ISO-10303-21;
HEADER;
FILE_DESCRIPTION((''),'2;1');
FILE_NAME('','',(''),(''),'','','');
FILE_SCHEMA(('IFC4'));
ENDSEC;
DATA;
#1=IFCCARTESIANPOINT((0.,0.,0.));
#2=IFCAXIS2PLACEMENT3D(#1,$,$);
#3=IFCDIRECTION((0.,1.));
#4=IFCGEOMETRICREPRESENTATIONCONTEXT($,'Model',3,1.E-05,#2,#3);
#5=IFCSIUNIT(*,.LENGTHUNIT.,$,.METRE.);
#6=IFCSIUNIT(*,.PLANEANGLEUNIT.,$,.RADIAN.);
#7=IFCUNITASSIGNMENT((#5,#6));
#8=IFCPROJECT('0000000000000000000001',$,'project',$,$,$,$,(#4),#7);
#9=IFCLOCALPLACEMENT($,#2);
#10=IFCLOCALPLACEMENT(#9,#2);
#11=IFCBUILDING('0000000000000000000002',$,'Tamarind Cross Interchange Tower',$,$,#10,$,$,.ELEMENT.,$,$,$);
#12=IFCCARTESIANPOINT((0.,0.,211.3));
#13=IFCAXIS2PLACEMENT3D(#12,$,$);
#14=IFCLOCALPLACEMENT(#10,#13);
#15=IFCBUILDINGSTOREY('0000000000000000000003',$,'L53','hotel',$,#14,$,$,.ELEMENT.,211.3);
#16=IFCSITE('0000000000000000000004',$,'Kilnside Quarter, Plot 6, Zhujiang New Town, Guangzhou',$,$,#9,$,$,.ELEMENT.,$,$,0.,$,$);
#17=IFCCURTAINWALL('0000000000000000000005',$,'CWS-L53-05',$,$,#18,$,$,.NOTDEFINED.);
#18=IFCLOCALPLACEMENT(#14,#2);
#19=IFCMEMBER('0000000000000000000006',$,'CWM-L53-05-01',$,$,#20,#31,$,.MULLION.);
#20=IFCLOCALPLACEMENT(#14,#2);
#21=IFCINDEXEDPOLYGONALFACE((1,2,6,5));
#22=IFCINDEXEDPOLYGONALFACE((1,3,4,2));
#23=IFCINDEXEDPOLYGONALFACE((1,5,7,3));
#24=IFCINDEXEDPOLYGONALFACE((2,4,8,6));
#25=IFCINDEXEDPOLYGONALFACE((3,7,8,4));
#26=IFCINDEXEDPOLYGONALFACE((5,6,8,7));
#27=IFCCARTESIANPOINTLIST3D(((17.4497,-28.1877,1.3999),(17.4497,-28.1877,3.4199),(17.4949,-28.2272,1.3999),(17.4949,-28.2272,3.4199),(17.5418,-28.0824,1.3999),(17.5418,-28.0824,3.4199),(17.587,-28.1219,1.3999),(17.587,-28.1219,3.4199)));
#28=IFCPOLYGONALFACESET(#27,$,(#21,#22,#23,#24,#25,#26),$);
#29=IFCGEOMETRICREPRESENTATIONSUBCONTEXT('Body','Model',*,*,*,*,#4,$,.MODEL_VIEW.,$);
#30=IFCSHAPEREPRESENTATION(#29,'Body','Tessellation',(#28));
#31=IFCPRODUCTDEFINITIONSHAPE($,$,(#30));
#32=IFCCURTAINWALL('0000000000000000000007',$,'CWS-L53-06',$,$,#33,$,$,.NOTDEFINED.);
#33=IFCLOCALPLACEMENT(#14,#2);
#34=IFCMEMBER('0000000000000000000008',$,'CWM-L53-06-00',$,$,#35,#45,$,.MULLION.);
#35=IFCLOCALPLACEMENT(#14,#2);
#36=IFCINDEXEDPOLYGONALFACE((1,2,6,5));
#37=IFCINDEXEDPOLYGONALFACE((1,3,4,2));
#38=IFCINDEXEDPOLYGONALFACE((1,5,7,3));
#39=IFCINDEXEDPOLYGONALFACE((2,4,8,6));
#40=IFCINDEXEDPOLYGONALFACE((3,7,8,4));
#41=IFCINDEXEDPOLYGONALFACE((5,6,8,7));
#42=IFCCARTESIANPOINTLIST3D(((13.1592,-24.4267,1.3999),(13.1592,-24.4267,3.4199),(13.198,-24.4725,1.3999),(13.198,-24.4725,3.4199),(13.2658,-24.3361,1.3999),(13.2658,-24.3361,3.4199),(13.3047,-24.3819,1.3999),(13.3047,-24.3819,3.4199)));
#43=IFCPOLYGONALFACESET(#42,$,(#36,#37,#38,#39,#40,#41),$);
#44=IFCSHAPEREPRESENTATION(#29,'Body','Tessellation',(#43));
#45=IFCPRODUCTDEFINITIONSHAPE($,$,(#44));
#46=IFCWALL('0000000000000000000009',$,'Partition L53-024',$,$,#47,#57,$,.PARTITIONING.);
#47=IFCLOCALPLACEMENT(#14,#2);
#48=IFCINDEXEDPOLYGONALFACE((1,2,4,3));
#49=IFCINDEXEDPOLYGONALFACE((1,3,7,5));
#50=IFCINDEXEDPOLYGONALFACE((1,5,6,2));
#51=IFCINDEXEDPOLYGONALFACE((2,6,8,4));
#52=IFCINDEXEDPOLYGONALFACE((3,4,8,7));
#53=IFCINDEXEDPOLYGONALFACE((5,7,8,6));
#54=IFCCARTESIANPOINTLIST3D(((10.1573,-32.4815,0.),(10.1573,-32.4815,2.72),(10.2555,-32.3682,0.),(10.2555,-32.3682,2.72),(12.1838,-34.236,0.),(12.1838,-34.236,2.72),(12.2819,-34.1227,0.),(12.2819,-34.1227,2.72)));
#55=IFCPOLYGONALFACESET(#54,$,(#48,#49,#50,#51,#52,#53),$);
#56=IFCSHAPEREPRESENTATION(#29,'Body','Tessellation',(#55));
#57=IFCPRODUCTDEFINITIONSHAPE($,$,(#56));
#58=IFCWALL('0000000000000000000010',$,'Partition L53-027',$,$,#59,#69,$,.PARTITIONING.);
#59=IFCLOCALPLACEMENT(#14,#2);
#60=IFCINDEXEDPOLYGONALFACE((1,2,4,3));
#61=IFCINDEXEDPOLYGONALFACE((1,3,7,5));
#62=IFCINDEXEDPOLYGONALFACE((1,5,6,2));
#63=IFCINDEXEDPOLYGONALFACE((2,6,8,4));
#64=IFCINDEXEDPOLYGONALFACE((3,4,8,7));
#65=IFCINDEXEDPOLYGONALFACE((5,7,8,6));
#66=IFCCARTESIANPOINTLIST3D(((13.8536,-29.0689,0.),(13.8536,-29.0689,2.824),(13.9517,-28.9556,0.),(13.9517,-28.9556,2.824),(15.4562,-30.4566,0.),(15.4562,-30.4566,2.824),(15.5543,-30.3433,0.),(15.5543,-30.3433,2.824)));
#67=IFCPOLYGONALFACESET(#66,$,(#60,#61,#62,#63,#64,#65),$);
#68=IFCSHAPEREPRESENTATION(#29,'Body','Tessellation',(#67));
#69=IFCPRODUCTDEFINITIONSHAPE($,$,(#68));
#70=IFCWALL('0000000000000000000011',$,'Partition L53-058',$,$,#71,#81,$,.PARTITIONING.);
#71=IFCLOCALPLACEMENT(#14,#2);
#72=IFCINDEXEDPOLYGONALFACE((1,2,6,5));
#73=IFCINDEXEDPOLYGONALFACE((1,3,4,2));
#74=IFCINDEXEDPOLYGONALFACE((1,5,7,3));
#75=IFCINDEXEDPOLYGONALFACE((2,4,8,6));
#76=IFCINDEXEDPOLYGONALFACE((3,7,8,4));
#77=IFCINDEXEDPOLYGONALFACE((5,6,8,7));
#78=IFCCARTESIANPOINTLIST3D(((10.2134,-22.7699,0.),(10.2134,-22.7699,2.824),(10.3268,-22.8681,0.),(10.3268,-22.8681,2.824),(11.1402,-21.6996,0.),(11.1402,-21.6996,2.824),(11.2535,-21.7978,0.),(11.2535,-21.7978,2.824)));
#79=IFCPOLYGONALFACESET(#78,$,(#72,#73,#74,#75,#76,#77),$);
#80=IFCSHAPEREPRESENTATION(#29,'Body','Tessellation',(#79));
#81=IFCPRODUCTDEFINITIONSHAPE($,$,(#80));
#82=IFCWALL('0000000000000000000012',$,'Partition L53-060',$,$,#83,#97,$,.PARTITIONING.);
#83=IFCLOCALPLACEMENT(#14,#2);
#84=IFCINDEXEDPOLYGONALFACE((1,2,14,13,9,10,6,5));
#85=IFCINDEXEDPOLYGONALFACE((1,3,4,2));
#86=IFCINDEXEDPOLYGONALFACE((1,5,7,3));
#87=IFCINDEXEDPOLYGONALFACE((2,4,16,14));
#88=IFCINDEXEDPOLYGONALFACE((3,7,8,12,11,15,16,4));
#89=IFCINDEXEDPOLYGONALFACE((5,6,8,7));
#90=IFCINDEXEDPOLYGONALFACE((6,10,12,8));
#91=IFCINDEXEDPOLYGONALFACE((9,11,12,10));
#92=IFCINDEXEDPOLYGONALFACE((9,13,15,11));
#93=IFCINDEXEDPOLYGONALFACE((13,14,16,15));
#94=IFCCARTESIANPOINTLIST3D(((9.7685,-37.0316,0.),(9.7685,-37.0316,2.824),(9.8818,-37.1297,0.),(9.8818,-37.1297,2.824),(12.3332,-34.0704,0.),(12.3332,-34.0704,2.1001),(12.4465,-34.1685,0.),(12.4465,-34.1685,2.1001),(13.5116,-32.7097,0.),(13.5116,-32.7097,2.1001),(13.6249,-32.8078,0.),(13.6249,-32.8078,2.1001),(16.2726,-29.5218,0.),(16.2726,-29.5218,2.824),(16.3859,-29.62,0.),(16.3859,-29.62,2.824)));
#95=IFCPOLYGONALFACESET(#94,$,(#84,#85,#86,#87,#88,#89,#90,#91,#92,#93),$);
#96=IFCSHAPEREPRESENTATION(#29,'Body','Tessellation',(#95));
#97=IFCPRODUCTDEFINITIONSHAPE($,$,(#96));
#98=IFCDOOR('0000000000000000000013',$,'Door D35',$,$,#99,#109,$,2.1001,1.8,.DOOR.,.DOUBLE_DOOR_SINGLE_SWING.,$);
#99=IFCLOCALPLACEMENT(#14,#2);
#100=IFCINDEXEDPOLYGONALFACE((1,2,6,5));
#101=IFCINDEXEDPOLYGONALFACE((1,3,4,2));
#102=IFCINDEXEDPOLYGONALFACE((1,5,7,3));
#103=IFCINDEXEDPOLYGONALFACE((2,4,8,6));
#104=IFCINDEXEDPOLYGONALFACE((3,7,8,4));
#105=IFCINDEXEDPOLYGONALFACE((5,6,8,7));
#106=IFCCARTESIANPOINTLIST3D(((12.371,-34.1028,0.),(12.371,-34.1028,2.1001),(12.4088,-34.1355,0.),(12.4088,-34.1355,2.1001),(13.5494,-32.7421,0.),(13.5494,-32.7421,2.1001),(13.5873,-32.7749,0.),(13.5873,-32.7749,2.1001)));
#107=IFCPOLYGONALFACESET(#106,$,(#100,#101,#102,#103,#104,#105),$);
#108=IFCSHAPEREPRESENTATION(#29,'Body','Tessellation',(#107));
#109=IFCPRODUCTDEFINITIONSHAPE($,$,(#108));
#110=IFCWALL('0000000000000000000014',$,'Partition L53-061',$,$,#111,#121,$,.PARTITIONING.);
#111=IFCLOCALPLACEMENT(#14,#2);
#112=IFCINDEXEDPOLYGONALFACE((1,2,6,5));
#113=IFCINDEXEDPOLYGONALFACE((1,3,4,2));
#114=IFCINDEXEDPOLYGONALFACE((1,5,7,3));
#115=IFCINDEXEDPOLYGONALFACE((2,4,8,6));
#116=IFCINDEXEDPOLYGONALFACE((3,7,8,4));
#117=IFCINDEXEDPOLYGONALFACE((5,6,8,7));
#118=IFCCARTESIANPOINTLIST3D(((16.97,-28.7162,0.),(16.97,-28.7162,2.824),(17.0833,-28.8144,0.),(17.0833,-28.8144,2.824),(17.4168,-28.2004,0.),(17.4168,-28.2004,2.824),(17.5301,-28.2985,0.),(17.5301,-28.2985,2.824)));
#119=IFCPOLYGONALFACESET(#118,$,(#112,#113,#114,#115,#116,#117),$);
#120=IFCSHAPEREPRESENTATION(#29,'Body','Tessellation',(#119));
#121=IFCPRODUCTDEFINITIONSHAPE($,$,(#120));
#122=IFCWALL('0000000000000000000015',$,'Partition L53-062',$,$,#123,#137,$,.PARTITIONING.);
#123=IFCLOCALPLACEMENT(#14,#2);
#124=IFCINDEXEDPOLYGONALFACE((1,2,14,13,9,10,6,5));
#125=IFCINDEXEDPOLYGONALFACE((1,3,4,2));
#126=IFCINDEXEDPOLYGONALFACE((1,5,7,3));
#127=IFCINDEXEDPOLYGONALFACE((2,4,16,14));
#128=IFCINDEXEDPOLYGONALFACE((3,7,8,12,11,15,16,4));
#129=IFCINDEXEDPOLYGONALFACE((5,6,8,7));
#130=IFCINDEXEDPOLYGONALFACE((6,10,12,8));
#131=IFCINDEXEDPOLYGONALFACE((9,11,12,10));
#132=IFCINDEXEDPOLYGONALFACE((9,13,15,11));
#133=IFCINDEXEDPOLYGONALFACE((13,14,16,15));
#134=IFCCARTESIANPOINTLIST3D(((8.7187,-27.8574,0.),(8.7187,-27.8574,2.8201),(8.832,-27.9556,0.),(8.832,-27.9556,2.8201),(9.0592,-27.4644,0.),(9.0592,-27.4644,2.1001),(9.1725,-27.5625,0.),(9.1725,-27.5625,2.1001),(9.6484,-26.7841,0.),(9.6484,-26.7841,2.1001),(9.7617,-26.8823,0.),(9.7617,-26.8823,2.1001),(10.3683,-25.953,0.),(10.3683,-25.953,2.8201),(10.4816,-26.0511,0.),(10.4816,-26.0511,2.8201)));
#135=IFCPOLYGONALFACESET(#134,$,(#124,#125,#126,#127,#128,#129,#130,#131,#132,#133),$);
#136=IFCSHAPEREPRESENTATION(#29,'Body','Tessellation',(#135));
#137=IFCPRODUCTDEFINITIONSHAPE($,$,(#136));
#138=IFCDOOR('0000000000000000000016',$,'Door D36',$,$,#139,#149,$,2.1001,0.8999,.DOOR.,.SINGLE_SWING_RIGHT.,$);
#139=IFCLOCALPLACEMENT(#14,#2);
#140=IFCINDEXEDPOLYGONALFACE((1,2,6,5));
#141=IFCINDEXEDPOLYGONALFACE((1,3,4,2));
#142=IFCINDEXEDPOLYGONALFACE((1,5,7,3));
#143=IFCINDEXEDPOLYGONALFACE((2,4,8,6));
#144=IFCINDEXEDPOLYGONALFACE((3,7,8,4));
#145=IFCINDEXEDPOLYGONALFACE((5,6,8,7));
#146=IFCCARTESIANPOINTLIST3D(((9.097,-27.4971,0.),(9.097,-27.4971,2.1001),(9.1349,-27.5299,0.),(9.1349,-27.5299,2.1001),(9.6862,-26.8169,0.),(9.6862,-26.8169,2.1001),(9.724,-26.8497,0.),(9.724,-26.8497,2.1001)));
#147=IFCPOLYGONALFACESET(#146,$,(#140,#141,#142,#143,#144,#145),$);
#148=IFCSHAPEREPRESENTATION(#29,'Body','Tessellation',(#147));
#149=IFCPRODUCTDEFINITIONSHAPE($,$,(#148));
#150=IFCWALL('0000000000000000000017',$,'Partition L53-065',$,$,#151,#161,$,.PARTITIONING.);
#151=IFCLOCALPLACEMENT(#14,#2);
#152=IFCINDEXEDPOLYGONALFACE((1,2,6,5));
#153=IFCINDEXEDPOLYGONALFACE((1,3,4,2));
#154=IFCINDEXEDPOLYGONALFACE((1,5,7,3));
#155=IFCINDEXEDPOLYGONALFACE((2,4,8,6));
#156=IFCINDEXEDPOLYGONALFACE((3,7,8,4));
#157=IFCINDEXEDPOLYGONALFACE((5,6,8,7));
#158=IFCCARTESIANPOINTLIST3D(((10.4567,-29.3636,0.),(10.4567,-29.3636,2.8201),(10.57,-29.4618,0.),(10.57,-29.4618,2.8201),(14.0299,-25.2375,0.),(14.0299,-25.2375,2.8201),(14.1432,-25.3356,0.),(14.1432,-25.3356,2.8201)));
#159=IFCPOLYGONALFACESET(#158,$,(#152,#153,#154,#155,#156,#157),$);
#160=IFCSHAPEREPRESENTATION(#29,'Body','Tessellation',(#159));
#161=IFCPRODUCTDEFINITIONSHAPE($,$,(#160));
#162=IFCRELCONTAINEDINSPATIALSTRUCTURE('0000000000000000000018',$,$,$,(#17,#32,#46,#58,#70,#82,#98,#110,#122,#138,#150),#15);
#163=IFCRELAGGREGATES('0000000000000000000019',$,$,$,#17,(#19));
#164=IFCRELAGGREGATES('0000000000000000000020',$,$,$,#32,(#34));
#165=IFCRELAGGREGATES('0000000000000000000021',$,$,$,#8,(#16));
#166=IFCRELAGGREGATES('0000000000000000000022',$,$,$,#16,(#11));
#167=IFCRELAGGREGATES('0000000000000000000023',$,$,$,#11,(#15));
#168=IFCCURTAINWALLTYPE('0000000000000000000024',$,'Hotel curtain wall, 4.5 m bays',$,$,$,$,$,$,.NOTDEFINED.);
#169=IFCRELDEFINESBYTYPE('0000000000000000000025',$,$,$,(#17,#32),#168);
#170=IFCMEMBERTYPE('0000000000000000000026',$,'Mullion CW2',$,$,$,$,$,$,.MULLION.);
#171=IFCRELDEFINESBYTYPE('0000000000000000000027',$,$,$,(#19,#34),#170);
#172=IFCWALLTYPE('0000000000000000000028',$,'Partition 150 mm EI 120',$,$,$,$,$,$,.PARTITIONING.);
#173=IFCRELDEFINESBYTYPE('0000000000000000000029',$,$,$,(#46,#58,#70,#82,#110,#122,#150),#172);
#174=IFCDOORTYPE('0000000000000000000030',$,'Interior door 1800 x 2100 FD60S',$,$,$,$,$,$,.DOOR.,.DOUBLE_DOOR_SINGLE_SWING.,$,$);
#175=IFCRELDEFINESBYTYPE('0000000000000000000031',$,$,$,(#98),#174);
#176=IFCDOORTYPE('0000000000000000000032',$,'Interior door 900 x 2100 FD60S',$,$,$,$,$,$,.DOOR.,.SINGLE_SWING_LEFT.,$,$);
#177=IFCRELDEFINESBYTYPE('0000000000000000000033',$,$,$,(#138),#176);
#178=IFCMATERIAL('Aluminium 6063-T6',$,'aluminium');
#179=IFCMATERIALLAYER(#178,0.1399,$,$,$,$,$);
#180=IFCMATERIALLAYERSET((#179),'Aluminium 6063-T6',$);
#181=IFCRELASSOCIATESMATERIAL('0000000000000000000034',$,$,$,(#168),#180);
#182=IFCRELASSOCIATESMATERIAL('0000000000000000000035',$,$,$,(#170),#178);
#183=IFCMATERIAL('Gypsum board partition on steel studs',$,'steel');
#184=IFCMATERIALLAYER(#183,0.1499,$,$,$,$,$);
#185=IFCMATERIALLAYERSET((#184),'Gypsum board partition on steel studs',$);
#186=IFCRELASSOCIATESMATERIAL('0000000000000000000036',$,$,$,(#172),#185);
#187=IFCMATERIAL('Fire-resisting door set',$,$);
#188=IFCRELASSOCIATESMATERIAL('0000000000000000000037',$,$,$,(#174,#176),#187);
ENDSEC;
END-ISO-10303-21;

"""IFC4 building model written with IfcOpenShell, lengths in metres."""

from ifc_helpers import new_model, si_unit, direction, frame, frame_2d, origin, origin_2d, place, context, subcontext, project, spatial, rectangle, extrude, material, layer, layer_set, material_profile, profile_set, type_object, element, fill, aggregate, save


model = new_model("IFC4")

# Units and contexts
model_context = context("Model", 3, precision=1e-05, world=origin(), true_north=direction((0.0, 1.0)))
body_context = subcontext(model_context, "Body", "Model", "MODEL_VIEW")
ifc_project = project(units=[si_unit("LENGTHUNIT", "METRE"), si_unit("PLANEANGLEUNIT", "RADIAN")], contexts=[model_context])

# Site, building, storey
site_placement = place(None, origin())
site = spatial("IfcSite", under=ifc_project, at=site_placement, Name="Kilnside Quarter, Plot 6, Zhujiang New Town, Guangzhou", CompositionType="ELEMENT", RefElevation=0.0)
building_placement = place(site_placement, origin())
building = spatial("IfcBuilding", under=site, at=building_placement, Name="Tamarind Cross Interchange Tower", CompositionType="ELEMENT")
storey_placement = place(building_placement, frame((0.0, 0.0, 211.3)))
storey = spatial("IfcBuildingStorey", under=building, at=storey_placement, Name="L53", Description="hotel", CompositionType="ELEMENT", Elevation=211.3)

# Curtain wall, member
ifc_material_1 = material(Name="Aluminium 6063-T6", Category="aluminium")
ifc_layer_1 = layer(ifc_material_1, 0.1399)
ifc_layer_set_1 = layer_set([ifc_layer_1], Name="Aluminium 6063-T6")
curtain_wall_type = type_object("IfcCurtainWallType", Name="Hotel curtain wall, 4.5 m bays", PredefinedType="NOTDEFINED", material=ifc_layer_set_1)
ifc_material_profile_1 = material_profile(ifc_material_1, rectangle(XDim=0.0601, YDim=0.1399, at=origin_2d()), Name="Mullion CW2")
ifc_profile_set_1 = profile_set([ifc_material_profile_1], Name="Aluminium 6063-T6")
member_type = type_object("IfcMemberType", Name="Mullion CW2", PredefinedType="MULLION", material=ifc_profile_set_1)
curtain_wall_1_placement = place(storey_placement, origin())
curtain_wall_1 = element("IfcCurtainWall", 1, at=curtain_wall_1_placement, inside=storey, type_object=curtain_wall_type, Name="CWS-L53-05", PredefinedType="NOTDEFINED")
member_1_placement = place(storey_placement, frame((17.5183, -28.1548, 1.3999), z_axis=(0.0, 0.0, 1.0), x_axis=(-0.752605, 0.658472, 0.0)))
member_1 = element("IfcMember", 2, at=member_1_placement, type_object=member_type, Name="CWM-L53-05-01", PredefinedType="MULLION", context=body_context, shape_type="SweptSolid", body=[
    extrude(rectangle(XDim=0.0601, YDim=0.1399, at=origin_2d()), origin(), (0.0, 0.0, 1.0), 2.02),
])
aggregate(curtain_wall_1, [member_1])

# Curtain wall, member
curtain_wall_2_placement = place(storey_placement, origin())
curtain_wall_2 = element("IfcCurtainWall", 3, at=curtain_wall_2_placement, inside=storey, type_object=curtain_wall_type, Name="CWS-L53-06", PredefinedType="NOTDEFINED")
member_2_placement = place(storey_placement, frame((13.2319, -24.4043, 1.3999), z_axis=(0.0, 0.0, 1.0), x_axis=(-0.647182, 0.762335, 0.0)))
member_2 = element("IfcMember", 4, at=member_2_placement, type_object=member_type, Name="CWM-L53-06-00", PredefinedType="MULLION", context=body_context, shape_type="SweptSolid", body=[
    extrude(rectangle(XDim=0.0601, YDim=0.1399, at=origin_2d()), origin(), (0.0, 0.0, 1.0), 2.02),
])
aggregate(curtain_wall_2, [member_2])

# Walls
ifc_material_2 = material(Name="Gypsum board partition on steel studs", Category="steel")
ifc_layer_2 = layer(ifc_material_2, 0.1499)
ifc_layer_set_2 = layer_set([ifc_layer_2], Name="Gypsum board partition on steel studs")
wall_type = type_object("IfcWallType", Name="Partition 150 mm EI 120", PredefinedType="PARTITIONING", material=ifc_layer_set_2)
wall_1_placement = place(storey_placement, frame((10.2063, -32.4248, 0.0), z_axis=(0.0, 0.0, 1.0), x_axis=(0.75602, -0.654549, 0.0)))
element("IfcWall", 5, at=wall_1_placement, inside=storey, type_object=wall_type, Name="Partition L53-024", PredefinedType="PARTITIONING", context=body_context, shape_type="SweptSolid", body=[
    extrude(rectangle(XDim=2.6804, YDim=0.1499, at=frame_2d((1.3403, 0.0))), origin(), (0.0, 0.0, 1.0), 2.72),
])
wall_2_placement = place(storey_placement, frame((13.9026, -29.0122, 0.0), z_axis=(0.0, 0.0, 1.0), x_axis=(0.755963, -0.654615, 0.0)))
element("IfcWall", 6, at=wall_2_placement, inside=storey, type_object=wall_type, Name="Partition L53-027", PredefinedType="PARTITIONING", context=body_context, shape_type="SweptSolid", body=[
    extrude(rectangle(XDim=2.1199, YDim=0.1499, at=frame_2d((1.0601, 0.0))), origin(), (0.0, 0.0, 1.0), 2.824),
])
wall_3_placement = place(storey_placement, frame((10.27, -22.8191, 0.0), z_axis=(0.0, 0.0, 1.0), x_axis=(0.654589, 0.755985, 0.0)))
element("IfcWall", 7, at=wall_3_placement, inside=storey, type_object=wall_type, Name="Partition L53-058", PredefinedType="PARTITIONING", context=body_context, shape_type="SweptSolid", body=[
    extrude(rectangle(XDim=1.4158, YDim=0.1499, at=frame_2d((0.708, 0.0))), origin(), (0.0, 0.0, 1.0), 2.824),
])

# Wall, opening, door
wall_4_placement = place(storey_placement, frame((9.8252, -37.0806, 0.0), z_axis=(0.0, 0.0, 1.0), x_axis=(0.654683, 0.755904, 0.0)))
wall_4 = element("IfcWall", 8, at=wall_4_placement, inside=storey, type_object=wall_type, Name="Partition L53-060", PredefinedType="PARTITIONING", context=body_context, shape_type="SweptSolid", body=[
    extrude(rectangle(XDim=9.9348, YDim=0.1499, at=frame_2d((4.9673, 0.0))), origin(), (0.0, 0.0, 1.0), 2.824),
])
opening_1_placement = place(wall_4_placement, frame((3.9175, 0.0, 0.0)))
opening_1 = element("IfcOpeningElement", 9, at=opening_1_placement, cuts=wall_4, PredefinedType="OPENING", context=body_context, shape_type="SweptSolid", body=[
    extrude(rectangle(XDim=1.8, YDim=2.1001, at=frame_2d((0.8999, 1.05))), frame((0.0, 0.085, 0.0), z_axis=(0.0, -1.0, 0.0), x_axis=(1.0, 0.0, 0.0)), (0.0, 0.0, 1.0), 0.1699),
])
ifc_material_3 = material(Name="Fire-resisting door set")
door_type_1 = type_object("IfcDoorType", Name="Interior door 1800 x 2100 FD60S", OperationType="DOUBLE_DOOR_SINGLE_SWING", PredefinedType="DOOR", material=ifc_material_3)
door_1_placement = place(opening_1_placement, frame((1.8, 0.0, 0.0), z_axis=(0.0, 0.0, 1.0), x_axis=(-1.0, 0.0, 0.0)))
door_1 = element("IfcDoor", 10, at=door_1_placement, inside=storey, type_object=door_type_1, Name="Door D35", OperationType="DOUBLE_DOOR_SINGLE_SWING", OverallHeight=2.1001, OverallWidth=1.8, PredefinedType="DOOR", context=body_context, shape_type="SweptSolid", body=[
    extrude(rectangle(XDim=1.8, YDim=2.1001, at=frame_2d((0.8999, 1.05))), frame((0.0, 0.0249, 0.0), z_axis=(0.0, -1.0, 0.0), x_axis=(1.0, 0.0, 0.0)), (0.0, 0.0, 1.0), 0.05),
])
fill(opening_1, door_1)

# Wall
wall_5_placement = place(storey_placement, frame((17.0266, -28.7654, 0.0), z_axis=(0.0, 0.0, 1.0), x_axis=(0.654672, 0.755913, 0.0)))
element("IfcWall", 11, at=wall_5_placement, inside=storey, type_object=wall_type, Name="Partition L53-061", PredefinedType="PARTITIONING", context=body_context, shape_type="SweptSolid", body=[
    extrude(rectangle(XDim=0.6824, YDim=0.1499, at=frame_2d((0.3413, 0.0))), origin(), (0.0, 0.0, 1.0), 2.824),
])

# Wall, opening, door
wall_6_placement = place(storey_placement, frame((8.7754, -27.9065, 0.0), z_axis=(0.0, 0.0, 1.0), x_axis=(0.654717, 0.755874, 0.0)))
wall_6 = element("IfcWall", 12, at=wall_6_placement, inside=storey, type_object=wall_type, Name="Partition L53-062", PredefinedType="PARTITIONING", context=body_context, shape_type="SweptSolid", body=[
    extrude(rectangle(XDim=2.5195, YDim=0.1499, at=frame_2d((1.2598, 0.0))), origin(), (0.0, 0.0, 1.0), 2.8201),
])
opening_2_placement = place(wall_6_placement, frame((0.52, 0.0, 0.0)))
opening_2 = element("IfcOpeningElement", 13, at=opening_2_placement, cuts=wall_6, PredefinedType="OPENING", context=body_context, shape_type="SweptSolid", body=[
    extrude(rectangle(XDim=0.8999, YDim=2.1001, at=frame_2d((0.45, 1.05))), frame((0.0, 0.085, 0.0), z_axis=(0.0, -1.0, 0.0), x_axis=(1.0, 0.0, 0.0)), (0.0, 0.0, 1.0), 0.1699),
])
door_type_2 = type_object("IfcDoorType", Name="Interior door 900 x 2100 FD60S", OperationType="SINGLE_SWING_LEFT", PredefinedType="DOOR", material=ifc_material_3)
door_2_placement = place(opening_2_placement, origin())
door_2 = element("IfcDoor", 14, at=door_2_placement, inside=storey, type_object=door_type_2, Name="Door D36", OperationType="SINGLE_SWING_RIGHT", OverallHeight=2.1001, OverallWidth=0.8999, PredefinedType="DOOR", context=body_context, shape_type="SweptSolid", body=[
    extrude(rectangle(XDim=0.8999, YDim=2.1001, at=frame_2d((0.45, 1.05))), frame((0.0, 0.0249, 0.0), z_axis=(0.0, -1.0, 0.0), x_axis=(1.0, 0.0, 0.0)), (0.0, 0.0, 1.0), 0.05),
])
fill(opening_2, door_2)

# Wall
wall_7_placement = place(storey_placement, frame((10.5134, -29.4126, 0.0), z_axis=(0.0, 0.0, 1.0), x_axis=(0.654636, 0.755944, 0.0)))
element("IfcWall", 15, at=wall_7_placement, inside=storey, type_object=wall_type, Name="Partition L53-065", PredefinedType="PARTITIONING", context=body_context, shape_type="SweptSolid", body=[
    extrude(rectangle(XDim=5.4583, YDim=0.1499, at=frame_2d((2.729, 0.0))), origin(), (0.0, 0.0, 1.0), 2.8201),
])

save(model, "model.ifc")
